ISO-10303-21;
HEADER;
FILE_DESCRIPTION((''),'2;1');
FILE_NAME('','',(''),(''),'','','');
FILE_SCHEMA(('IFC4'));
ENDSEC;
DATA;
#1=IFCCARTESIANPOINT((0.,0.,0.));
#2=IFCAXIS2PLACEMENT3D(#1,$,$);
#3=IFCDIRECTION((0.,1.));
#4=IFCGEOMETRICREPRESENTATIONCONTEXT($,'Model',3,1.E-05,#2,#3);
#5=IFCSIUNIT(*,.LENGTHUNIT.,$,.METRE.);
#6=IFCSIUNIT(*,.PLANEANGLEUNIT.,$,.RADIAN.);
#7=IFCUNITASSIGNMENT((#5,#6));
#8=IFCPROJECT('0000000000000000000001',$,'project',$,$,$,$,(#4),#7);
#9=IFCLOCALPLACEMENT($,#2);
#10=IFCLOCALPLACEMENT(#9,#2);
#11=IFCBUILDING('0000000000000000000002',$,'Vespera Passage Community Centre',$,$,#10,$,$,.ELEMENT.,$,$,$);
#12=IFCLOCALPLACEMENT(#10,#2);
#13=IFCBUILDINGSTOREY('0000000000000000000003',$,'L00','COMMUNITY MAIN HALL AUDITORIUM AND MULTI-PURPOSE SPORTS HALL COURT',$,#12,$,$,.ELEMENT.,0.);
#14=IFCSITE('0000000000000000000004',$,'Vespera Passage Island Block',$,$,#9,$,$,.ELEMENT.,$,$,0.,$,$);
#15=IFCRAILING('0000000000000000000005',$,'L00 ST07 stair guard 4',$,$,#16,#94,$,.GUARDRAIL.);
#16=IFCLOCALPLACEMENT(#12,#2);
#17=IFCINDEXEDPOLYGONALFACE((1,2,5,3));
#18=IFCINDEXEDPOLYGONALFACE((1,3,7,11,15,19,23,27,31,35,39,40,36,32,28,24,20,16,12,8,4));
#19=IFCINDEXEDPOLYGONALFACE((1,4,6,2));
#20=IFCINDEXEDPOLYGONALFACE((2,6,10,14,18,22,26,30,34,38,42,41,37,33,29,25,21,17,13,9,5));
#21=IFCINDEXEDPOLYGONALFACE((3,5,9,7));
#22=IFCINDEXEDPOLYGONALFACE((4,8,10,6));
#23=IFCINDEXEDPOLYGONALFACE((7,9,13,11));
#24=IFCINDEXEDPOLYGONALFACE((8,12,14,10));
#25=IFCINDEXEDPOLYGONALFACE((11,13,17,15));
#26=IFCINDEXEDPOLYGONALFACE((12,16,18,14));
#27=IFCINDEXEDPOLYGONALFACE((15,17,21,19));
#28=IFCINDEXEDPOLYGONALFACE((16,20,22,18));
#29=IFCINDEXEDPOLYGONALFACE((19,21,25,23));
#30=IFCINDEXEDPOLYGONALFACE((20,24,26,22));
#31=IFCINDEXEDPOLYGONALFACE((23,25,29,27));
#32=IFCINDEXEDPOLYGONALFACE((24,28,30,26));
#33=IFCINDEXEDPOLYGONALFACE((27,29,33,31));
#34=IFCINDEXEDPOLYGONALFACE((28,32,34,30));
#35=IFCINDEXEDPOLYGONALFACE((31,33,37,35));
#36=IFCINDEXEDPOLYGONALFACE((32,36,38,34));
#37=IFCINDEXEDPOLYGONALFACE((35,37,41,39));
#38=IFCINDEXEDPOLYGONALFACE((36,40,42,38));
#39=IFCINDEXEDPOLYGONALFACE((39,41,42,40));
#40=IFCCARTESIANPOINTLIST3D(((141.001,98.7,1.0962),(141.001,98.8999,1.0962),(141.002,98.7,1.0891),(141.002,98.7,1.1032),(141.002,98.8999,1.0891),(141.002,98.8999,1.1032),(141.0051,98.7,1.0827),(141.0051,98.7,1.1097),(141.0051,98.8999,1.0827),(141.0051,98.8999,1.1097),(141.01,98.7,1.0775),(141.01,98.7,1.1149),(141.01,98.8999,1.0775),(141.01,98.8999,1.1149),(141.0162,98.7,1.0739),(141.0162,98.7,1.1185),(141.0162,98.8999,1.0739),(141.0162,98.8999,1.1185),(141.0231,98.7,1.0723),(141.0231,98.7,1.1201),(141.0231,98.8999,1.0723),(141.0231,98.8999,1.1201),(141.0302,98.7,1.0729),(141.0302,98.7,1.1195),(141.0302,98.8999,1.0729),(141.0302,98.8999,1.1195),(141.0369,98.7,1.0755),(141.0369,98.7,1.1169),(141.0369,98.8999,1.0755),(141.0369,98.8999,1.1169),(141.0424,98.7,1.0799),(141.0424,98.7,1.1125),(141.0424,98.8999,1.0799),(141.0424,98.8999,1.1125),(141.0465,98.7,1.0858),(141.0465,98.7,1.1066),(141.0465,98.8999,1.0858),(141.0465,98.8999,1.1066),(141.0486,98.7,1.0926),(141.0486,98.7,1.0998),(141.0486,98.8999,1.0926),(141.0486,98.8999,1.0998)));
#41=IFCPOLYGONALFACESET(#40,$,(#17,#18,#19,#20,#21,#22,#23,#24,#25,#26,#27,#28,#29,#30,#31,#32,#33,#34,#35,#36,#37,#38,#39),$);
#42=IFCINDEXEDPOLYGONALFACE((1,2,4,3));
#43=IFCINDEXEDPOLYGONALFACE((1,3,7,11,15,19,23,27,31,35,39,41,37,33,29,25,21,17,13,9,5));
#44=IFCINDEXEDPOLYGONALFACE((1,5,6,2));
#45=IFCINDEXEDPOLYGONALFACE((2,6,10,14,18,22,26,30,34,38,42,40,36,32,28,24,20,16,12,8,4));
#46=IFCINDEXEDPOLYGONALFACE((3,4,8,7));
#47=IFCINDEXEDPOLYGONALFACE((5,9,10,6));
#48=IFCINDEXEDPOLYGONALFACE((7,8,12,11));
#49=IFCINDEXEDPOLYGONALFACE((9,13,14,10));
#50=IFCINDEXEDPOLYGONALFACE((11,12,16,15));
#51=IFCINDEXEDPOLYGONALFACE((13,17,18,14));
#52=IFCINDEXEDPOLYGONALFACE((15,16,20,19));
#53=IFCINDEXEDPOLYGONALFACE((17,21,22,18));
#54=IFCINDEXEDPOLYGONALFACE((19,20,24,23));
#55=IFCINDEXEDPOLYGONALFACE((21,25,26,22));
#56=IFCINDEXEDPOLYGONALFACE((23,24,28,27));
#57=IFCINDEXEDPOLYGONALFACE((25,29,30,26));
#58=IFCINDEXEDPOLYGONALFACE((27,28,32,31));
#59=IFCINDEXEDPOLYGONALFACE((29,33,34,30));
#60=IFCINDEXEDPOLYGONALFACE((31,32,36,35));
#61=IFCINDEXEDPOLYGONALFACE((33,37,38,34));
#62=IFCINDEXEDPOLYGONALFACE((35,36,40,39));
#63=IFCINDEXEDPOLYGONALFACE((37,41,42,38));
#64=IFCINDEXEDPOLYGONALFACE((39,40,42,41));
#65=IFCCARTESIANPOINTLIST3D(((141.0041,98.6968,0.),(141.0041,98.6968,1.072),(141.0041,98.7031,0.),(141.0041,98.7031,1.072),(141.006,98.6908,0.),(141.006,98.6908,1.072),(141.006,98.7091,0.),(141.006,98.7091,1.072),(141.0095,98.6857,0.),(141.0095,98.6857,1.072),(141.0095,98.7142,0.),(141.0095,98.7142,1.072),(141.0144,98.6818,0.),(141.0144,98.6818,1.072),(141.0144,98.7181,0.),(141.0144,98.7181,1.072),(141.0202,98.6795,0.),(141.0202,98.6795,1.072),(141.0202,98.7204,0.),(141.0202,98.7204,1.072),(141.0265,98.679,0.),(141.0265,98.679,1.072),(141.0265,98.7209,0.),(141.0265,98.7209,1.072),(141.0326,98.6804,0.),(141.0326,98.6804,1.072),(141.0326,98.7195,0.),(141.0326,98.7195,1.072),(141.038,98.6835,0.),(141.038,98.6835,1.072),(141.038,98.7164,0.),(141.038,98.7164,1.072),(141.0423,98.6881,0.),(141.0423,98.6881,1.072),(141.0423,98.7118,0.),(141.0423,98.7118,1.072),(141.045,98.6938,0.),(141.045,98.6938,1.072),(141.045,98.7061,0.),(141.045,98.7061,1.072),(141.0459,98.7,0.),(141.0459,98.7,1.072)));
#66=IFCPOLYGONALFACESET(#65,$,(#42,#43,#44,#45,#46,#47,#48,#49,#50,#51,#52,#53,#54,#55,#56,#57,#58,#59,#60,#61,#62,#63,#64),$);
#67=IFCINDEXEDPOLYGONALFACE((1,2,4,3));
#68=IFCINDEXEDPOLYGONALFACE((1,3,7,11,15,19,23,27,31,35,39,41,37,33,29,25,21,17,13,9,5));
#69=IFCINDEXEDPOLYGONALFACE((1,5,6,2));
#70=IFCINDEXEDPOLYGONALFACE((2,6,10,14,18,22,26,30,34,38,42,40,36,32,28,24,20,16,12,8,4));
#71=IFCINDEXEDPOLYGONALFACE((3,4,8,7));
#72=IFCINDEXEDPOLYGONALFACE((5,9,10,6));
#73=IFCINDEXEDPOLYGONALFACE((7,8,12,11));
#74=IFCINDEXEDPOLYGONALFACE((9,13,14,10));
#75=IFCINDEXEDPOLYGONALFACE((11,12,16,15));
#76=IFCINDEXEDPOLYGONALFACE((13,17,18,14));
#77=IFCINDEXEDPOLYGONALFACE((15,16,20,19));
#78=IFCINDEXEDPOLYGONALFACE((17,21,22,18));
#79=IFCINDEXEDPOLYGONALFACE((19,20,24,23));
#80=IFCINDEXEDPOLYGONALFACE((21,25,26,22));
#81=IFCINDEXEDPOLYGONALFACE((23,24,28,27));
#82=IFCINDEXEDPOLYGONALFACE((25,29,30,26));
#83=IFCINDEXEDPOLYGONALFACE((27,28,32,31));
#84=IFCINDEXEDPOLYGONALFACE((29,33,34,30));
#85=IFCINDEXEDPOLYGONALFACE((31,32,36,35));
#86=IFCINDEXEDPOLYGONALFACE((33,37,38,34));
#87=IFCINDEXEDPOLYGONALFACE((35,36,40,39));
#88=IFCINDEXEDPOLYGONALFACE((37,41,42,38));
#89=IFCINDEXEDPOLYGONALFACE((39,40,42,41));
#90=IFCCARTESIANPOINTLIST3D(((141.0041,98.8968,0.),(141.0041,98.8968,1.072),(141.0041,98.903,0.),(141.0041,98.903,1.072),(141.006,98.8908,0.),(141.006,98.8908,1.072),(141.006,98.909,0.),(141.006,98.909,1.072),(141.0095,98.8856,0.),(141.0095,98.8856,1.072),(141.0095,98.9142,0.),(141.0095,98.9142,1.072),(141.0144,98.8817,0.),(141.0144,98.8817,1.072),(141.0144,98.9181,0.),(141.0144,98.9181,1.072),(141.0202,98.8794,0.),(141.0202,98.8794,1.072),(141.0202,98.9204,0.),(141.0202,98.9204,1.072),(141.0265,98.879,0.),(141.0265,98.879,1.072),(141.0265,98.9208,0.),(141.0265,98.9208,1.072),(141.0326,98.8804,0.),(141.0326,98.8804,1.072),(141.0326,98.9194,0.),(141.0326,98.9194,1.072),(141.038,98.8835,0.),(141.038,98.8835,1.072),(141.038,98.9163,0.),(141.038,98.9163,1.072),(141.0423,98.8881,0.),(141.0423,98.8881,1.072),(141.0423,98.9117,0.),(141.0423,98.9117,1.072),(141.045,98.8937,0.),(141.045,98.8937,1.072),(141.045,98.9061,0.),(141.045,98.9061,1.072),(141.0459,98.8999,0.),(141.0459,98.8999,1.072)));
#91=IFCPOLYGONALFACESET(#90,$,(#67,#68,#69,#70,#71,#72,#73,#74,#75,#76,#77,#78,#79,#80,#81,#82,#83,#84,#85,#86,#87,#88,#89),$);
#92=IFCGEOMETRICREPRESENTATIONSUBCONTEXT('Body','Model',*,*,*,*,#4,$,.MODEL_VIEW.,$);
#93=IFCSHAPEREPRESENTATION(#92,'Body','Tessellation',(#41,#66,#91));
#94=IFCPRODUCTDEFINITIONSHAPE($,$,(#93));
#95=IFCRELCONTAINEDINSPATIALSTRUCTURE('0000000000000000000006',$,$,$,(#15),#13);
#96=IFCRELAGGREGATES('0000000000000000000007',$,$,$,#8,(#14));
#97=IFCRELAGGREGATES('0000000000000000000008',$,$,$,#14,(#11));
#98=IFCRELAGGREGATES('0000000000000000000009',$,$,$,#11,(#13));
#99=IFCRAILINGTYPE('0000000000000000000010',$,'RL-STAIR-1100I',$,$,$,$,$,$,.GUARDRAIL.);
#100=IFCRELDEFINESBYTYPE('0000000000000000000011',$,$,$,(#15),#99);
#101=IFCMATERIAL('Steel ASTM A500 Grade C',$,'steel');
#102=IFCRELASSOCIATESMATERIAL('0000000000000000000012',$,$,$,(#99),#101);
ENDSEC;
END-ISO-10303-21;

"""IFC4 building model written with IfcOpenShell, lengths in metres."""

from ifc_helpers import new_model, si_unit, direction, frame, origin, origin_2d, place, context, subcontext, project, spatial, circle, extrude, material, type_object, element, save


model = new_model("IFC4")

# Units and contexts
model_context = context("Model", 3, precision=1e-05, world=origin(), true_north=direction((0.0, 1.0)))
body_context = subcontext(model_context, "Body", "Model", "MODEL_VIEW")
ifc_project = project(units=[si_unit("LENGTHUNIT", "METRE"), si_unit("PLANEANGLEUNIT", "RADIAN")], contexts=[model_context])

# Site, building, storey
site_placement = place(None, origin())
site = spatial("IfcSite", under=ifc_project, at=site_placement, Name="Vespera Passage Island Block", CompositionType="ELEMENT", RefElevation=0.0)
building_placement = place(site_placement, origin())
building = spatial("IfcBuilding", under=site, at=building_placement, Name="Vespera Passage Community Centre", CompositionType="ELEMENT")
storey_placement = place(building_placement, origin())
storey = spatial("IfcBuildingStorey", under=building, at=storey_placement, Name="L00", Description="COMMUNITY MAIN HALL AUDITORIUM AND MULTI-PURPOSE SPORTS HALL COURT", CompositionType="ELEMENT", Elevation=0.0)

# Railing
ifc_material_1 = material(Name="Steel ASTM A500 Grade C", Category="steel")
railing_type_1 = type_object("IfcRailingType", Name="RL-STAIR-1100I", PredefinedType="GUARDRAIL", material=ifc_material_1)
railing_1_placement = place(storey_placement, frame((141.0249, 98.7, 0.0)))
element("IfcRailing", 1, at=railing_1_placement, inside=storey, type_object=railing_type_1, Name="L00 ST07 stair guard 4", PredefinedType="GUARDRAIL", context=body_context, shape_type="SweptSolid", body=[
    extrude(circle(Radius=0.0239, at=origin_2d()), frame((0.0, 0.0, 1.0962), z_axis=(0.0, 1.0, 0.0), x_axis=(-1.0, 0.0, 0.0)), (0.0, 0.0, 1.0), 0.2),
    extrude(circle(Radius=0.021, at=origin_2d()), origin(), (0.0, 0.0, 1.0), 1.072),
    extrude(circle(Radius=0.021, at=origin_2d()), frame((0.0, 0.2, 0.0)), (0.0, 0.0, 1.0), 1.072),
])

save(model, "model.ifc")
